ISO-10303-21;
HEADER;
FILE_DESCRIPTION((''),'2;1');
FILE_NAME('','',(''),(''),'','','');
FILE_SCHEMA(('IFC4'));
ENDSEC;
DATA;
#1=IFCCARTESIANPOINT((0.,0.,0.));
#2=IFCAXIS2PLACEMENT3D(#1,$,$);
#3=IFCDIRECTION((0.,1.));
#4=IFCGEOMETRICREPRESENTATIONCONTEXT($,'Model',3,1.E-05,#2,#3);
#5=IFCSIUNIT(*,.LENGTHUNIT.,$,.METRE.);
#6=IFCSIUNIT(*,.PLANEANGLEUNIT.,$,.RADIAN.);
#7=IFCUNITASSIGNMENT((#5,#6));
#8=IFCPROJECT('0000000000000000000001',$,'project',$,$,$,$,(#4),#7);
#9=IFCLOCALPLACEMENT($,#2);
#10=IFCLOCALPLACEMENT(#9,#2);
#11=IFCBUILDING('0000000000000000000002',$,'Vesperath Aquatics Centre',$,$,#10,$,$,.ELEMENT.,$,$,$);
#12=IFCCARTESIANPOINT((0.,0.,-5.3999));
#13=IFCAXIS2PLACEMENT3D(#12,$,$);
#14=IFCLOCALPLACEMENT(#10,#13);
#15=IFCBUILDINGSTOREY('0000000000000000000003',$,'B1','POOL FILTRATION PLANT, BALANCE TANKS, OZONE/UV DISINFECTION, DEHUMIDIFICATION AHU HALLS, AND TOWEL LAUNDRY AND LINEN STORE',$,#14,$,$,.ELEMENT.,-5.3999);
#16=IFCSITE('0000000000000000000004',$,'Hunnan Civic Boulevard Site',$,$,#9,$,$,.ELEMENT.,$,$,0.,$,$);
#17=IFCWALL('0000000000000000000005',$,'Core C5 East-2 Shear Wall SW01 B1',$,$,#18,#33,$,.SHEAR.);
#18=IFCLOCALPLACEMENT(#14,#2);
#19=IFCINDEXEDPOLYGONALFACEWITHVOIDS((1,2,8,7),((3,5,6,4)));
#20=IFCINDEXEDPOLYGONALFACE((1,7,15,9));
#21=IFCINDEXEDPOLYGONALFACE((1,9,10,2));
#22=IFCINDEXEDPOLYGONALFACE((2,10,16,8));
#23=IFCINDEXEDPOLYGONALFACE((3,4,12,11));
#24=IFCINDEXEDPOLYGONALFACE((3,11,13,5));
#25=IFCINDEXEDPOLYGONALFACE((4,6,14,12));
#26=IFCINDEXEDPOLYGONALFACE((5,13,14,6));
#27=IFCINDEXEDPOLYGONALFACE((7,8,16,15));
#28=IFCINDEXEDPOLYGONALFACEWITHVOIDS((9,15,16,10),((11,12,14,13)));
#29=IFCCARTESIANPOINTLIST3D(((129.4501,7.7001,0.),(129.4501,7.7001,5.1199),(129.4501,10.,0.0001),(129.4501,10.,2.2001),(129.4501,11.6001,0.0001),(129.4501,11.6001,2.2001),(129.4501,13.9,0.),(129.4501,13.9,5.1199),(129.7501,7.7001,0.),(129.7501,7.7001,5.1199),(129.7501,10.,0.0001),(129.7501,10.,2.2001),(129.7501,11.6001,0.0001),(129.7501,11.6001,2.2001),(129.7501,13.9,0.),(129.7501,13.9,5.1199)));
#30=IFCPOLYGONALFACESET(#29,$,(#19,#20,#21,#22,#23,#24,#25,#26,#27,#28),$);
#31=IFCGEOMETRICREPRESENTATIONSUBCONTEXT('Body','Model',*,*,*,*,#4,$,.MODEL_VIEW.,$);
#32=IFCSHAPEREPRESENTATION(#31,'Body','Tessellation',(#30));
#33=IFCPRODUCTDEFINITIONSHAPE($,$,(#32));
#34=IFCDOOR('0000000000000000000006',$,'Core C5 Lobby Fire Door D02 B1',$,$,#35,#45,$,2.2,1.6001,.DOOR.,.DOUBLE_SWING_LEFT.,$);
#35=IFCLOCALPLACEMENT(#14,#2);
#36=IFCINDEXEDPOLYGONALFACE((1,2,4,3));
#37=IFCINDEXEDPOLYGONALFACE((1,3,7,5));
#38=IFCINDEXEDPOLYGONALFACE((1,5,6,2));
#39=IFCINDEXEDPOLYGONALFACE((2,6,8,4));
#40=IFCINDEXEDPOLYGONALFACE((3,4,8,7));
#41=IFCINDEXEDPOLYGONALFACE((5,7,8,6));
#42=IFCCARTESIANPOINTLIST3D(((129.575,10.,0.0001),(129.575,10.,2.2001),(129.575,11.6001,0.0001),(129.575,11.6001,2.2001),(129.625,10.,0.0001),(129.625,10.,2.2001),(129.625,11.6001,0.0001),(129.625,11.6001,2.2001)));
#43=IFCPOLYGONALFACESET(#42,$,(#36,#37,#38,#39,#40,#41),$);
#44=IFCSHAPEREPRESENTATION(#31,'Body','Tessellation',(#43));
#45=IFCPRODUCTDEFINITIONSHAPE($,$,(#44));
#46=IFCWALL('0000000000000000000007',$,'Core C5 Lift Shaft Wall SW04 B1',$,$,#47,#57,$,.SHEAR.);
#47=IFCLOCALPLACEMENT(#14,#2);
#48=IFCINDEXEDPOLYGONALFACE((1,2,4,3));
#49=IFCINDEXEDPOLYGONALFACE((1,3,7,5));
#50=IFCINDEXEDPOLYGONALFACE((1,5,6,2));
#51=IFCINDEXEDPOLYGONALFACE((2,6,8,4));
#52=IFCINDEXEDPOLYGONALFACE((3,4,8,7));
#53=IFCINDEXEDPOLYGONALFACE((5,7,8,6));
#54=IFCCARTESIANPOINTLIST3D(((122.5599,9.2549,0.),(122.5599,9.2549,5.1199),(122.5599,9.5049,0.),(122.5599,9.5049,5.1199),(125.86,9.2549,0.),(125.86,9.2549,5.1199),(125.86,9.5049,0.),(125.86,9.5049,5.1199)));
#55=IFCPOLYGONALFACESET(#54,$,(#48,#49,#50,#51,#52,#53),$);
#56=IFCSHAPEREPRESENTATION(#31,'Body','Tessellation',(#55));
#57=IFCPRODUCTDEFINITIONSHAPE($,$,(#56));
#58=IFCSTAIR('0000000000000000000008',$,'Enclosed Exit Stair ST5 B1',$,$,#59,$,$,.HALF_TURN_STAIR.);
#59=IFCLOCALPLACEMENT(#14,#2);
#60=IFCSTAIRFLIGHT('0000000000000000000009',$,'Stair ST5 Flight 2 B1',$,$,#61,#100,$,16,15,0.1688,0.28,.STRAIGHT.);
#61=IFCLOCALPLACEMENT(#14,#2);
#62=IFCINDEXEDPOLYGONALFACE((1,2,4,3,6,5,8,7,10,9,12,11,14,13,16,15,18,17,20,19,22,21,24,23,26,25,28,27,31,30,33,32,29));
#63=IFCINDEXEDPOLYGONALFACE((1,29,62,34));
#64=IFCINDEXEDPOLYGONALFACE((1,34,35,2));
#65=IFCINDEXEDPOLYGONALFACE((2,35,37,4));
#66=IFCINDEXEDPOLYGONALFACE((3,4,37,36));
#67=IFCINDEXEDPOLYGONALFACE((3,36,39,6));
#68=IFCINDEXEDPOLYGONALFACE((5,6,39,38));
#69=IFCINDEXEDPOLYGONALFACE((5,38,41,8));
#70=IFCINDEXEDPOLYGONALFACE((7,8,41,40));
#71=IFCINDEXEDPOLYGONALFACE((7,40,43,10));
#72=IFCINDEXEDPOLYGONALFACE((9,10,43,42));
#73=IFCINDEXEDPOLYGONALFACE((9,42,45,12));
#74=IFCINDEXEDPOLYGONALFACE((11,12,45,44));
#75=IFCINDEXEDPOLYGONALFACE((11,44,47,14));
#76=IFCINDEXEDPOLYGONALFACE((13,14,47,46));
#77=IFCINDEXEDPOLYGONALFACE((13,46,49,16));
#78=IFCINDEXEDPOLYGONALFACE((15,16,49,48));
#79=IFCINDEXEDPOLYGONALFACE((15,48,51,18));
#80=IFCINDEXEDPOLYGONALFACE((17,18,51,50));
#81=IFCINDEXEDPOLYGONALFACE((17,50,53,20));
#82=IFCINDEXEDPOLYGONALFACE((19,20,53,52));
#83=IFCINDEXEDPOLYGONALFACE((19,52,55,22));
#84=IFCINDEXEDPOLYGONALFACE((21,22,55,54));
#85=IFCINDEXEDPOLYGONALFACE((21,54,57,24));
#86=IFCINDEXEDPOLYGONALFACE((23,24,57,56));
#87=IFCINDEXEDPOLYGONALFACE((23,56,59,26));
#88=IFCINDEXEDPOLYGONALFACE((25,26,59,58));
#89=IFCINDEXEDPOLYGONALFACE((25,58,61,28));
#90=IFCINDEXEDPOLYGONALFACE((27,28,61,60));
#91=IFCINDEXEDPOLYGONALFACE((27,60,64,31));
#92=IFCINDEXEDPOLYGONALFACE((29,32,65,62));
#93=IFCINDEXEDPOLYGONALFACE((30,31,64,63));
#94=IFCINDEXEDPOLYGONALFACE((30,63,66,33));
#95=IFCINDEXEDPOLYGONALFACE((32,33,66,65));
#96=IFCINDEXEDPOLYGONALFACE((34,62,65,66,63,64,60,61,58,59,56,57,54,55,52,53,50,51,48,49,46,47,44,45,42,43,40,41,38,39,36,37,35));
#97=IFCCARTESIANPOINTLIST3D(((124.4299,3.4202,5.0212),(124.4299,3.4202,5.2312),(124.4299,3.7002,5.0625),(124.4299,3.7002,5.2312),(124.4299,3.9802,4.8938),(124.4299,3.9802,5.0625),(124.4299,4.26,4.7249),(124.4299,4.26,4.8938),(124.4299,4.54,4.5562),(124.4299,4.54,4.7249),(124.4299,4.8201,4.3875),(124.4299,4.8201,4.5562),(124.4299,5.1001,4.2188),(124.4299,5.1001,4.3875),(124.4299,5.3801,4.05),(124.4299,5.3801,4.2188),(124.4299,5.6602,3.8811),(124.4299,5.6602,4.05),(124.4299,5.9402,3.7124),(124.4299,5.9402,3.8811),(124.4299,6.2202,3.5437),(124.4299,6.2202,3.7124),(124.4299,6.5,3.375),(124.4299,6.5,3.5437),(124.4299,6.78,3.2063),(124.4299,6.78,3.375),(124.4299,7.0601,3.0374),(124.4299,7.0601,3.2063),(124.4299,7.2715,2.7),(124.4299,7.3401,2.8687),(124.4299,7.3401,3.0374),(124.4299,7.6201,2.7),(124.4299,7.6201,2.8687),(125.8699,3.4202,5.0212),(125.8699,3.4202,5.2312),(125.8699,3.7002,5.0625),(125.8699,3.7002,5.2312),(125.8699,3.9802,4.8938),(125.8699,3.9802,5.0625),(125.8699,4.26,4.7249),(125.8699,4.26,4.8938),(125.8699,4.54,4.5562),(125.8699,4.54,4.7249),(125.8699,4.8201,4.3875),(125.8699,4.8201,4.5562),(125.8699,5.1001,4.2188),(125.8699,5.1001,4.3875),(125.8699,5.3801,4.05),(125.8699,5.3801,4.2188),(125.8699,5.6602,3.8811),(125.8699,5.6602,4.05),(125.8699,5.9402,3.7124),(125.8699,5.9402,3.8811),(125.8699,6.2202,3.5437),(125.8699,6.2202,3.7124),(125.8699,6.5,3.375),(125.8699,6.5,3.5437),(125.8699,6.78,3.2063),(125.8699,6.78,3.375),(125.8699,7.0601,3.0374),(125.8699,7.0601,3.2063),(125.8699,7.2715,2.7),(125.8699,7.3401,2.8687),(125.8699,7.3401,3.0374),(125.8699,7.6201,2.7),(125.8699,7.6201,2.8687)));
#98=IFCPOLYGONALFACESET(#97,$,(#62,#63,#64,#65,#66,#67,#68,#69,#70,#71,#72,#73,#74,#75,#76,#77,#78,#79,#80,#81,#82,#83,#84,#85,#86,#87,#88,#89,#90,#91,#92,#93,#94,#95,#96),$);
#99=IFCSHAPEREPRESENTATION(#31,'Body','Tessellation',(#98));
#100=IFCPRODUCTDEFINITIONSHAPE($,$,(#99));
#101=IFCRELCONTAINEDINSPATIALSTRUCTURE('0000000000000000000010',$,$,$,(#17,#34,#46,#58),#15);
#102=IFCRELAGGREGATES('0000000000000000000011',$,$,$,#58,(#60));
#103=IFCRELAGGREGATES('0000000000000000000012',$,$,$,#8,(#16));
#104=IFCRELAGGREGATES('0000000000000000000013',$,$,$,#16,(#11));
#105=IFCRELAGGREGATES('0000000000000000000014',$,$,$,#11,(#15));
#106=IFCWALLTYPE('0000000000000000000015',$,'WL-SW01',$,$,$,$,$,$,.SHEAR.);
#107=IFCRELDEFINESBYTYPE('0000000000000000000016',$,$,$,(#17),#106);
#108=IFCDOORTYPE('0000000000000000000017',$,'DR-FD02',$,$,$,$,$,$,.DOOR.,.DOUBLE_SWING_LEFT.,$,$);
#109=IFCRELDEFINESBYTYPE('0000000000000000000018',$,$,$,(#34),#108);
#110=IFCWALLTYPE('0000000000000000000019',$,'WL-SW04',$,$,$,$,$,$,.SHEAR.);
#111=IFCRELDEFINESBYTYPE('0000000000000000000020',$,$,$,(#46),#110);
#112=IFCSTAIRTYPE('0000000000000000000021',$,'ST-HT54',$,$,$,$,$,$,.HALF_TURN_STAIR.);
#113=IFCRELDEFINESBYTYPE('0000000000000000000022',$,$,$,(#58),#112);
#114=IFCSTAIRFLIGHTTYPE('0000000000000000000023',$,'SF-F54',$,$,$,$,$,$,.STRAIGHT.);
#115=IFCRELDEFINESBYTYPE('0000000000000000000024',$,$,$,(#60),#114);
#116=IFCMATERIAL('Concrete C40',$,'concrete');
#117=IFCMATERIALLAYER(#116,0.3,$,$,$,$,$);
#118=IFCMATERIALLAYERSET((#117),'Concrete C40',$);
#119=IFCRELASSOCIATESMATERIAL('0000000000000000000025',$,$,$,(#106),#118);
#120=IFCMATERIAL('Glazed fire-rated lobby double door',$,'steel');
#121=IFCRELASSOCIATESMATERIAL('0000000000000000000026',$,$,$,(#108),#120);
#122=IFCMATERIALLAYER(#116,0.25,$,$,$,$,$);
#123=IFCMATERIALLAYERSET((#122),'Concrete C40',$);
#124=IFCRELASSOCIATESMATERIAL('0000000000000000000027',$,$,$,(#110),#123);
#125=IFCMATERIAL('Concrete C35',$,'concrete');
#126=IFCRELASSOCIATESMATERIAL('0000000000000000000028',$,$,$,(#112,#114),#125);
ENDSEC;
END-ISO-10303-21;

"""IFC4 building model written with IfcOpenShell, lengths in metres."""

from ifc_helpers import new_model, si_unit, direction, frame, frame_2d, origin, place, context, subcontext, project, spatial, polyline, rectangle, outline, extrude, material, layer, layer_set, type_object, element, fill, aggregate, save


model = new_model("IFC4")

# Units and contexts
model_context = context("Model", 3, precision=1e-05, world=origin(), true_north=direction((0.0, 1.0)))
body_context = subcontext(model_context, "Body", "Model", "MODEL_VIEW")
ifc_project = project(units=[si_unit("LENGTHUNIT", "METRE"), si_unit("PLANEANGLEUNIT", "RADIAN")], contexts=[model_context])

# Site, building, storey
site_placement = place(None, origin())
site = spatial("IfcSite", under=ifc_project, at=site_placement, Name="Hunnan Civic Boulevard Site", CompositionType="ELEMENT", RefElevation=0.0)
building_placement = place(site_placement, origin())
building = spatial("IfcBuilding", under=site, at=building_placement, Name="Vesperath Aquatics Centre", CompositionType="ELEMENT")
storey_placement = place(building_placement, frame((0.0, 0.0, -5.3999)))
storey = spatial("IfcBuildingStorey", under=building, at=storey_placement, Name="B1", Description="POOL FILTRATION PLANT, BALANCE TANKS, OZONE/UV DISINFECTION, DEHUMIDIFICATION AHU HALLS, AND TOWEL LAUNDRY AND LINEN STORE", CompositionType="ELEMENT", Elevation=-5.3999)

# Shared definitions
ifc_material_1 = material(Name="Concrete C40", Category="concrete")

# Shared definitions
ifc_material_2 = material(Name="Concrete C35", Category="concrete")

# Shared definitions
ifc_layer_1 = layer(ifc_material_1, 0.3)
ifc_layer_set_1 = layer_set([ifc_layer_1], Name="Concrete C40")
wall_type_1 = type_object("IfcWallType", Name="WL-SW01", PredefinedType="SHEAR", material=ifc_layer_set_1)

# Wall, opening, door
wall_1_placement = place(storey_placement, frame((129.6001, 7.7, 0.0), z_axis=(0.0, 0.0, 1.0), x_axis=(0.0, 1.0, 0.0)))
wall_1 = element("IfcWall", 1, at=wall_1_placement, inside=storey, type_object=wall_type_1, Name="Core C5 East-2 Shear Wall SW01 B1", PredefinedType="SHEAR", context=body_context, shape_type="SweptSolid", body=[
    extrude(rectangle(XDim=6.2, YDim=0.3, at=frame_2d((3.1001, 0.0))), origin(), (0.0, 0.0, 1.0), 5.1199),
])
opening_1_placement = place(wall_1_placement, frame((2.3, 0.0, 0.0)))
opening_1 = element("IfcOpeningElement", 2, at=opening_1_placement, cuts=wall_1, PredefinedType="OPENING", context=body_context, shape_type="SweptSolid", body=[
    extrude(rectangle(XDim=1.6001, YDim=2.2, at=frame_2d((0.8, 1.1001))), frame((0.0, 0.165, 0.0), z_axis=(0.0, -1.0, 0.0), x_axis=(1.0, 0.0, 0.0)), (0.0, 0.0, 1.0), 0.3298),
])
ifc_material_3 = material(Name="Glazed fire-rated lobby double door", Category="steel")
door_type_1 = type_object("IfcDoorType", Name="DR-FD02", OperationType="DOUBLE_SWING_LEFT", PredefinedType="DOOR", material=ifc_material_3)
door_1_placement = place(opening_1_placement, frame((1.6001, 0.0, 0.0), z_axis=(0.0, 0.0, 1.0), x_axis=(-1.0, 0.0, 0.0)))
door_1 = element("IfcDoor", 3, at=door_1_placement, inside=storey, type_object=door_type_1, Name="Core C5 Lobby Fire Door D02 B1", OperationType="DOUBLE_SWING_LEFT", OverallHeight=2.2, OverallWidth=1.6001, PredefinedType="DOOR", context=body_context, shape_type="SweptSolid", body=[
    extrude(rectangle(XDim=1.6001, YDim=2.2, at=frame_2d((0.8, 1.1001))), frame((0.0, 0.0249, 0.0), z_axis=(0.0, -1.0, 0.0), x_axis=(1.0, 0.0, 0.0)), (0.0, 0.0, 1.0), 0.05),
])
fill(opening_1, door_1)

# Wall
ifc_layer_2 = layer(ifc_material_1, 0.25)
ifc_layer_set_2 = layer_set([ifc_layer_2], Name="Concrete C40")
wall_type_2 = type_object("IfcWallType", Name="WL-SW04", PredefinedType="SHEAR", material=ifc_layer_set_2)
wall_2_placement = place(storey_placement, frame((122.5601, 9.3799, 0.0), z_axis=(0.0, 0.0, 1.0), x_axis=(1.0, 0.0, 0.0)))
element("IfcWall", 4, at=wall_2_placement, inside=storey, type_object=wall_type_2, Name="Core C5 Lift Shaft Wall SW04 B1", PredefinedType="SHEAR", context=body_context, shape_type="SweptSolid", body=[
    extrude(rectangle(XDim=3.3, YDim=0.25, at=frame_2d((1.6499, 0.0))), origin(), (0.0, 0.0, 1.0), 5.1199),
])

# Stair, stair flight
stair_type = type_object("IfcStairType", Name="ST-HT54", PredefinedType="HALF_TURN_STAIR", material=ifc_material_2)
stair_placement = place(storey_placement, origin())
stair = element("IfcStair", 5, at=stair_placement, inside=storey, type_object=stair_type, Name="Enclosed Exit Stair ST5 B1", PredefinedType="HALF_TURN_STAIR")
stair_flight_type = type_object("IfcStairFlightType", Name="SF-F54", PredefinedType="STRAIGHT", material=ifc_material_2)
stair_flight_placement = place(storey_placement, frame((125.1499, 7.6201, 2.7), z_axis=(0.0, 0.0, 1.0), x_axis=(0.0, -1.0, 0.0)))
stair_flight = element("IfcStairFlight", 6, at=stair_flight_placement, type_object=stair_flight_type, Name="Stair ST5 Flight 2 B1", NumberOfRisers=16, NumberOfTreads=15, PredefinedType="STRAIGHT", RiserHeight=0.1688, TreadLength=0.28, context=body_context, shape_type="SweptSolid", body=[
    extrude(outline(polyline([(0.0, 0.0), (0.0, 0.1687), (0.28, 0.1687), (0.28, 0.3374), (0.5601, 0.3374), (0.5601, 0.5063), (0.8401, 0.5063), (0.8401, 0.675), (1.1201, 0.675), (1.1201, 0.8438), (1.3999, 0.8438), (1.3999, 1.0125), (1.6799, 1.0125), (1.6799, 1.1812), (1.96, 1.1812), (1.96, 1.3501), (2.24, 1.3501), (2.24, 1.5188), (2.52, 1.5188), (2.52, 1.6875), (2.8, 1.6875), (2.8, 1.8562), (3.0801, 1.8562), (3.0801, 2.0249), (3.3601, 2.0249), (3.3601, 2.1938), (3.6399, 2.1938), (3.6399, 2.3625), (3.9199, 2.3625), (3.9199, 2.5312), (4.2, 2.5312), (4.2, 2.7), (4.2, 2.3213), (0.3486, 0.0), (0.0, 0.0)])), frame((0.0, 0.72, 0.0), z_axis=(0.0, -1.0, 0.0), x_axis=(1.0, 0.0, 0.0)), (0.0, 0.0, 1.0), 1.4399),
])
aggregate(stair, [stair_flight])

save(model, "model.ifc")
